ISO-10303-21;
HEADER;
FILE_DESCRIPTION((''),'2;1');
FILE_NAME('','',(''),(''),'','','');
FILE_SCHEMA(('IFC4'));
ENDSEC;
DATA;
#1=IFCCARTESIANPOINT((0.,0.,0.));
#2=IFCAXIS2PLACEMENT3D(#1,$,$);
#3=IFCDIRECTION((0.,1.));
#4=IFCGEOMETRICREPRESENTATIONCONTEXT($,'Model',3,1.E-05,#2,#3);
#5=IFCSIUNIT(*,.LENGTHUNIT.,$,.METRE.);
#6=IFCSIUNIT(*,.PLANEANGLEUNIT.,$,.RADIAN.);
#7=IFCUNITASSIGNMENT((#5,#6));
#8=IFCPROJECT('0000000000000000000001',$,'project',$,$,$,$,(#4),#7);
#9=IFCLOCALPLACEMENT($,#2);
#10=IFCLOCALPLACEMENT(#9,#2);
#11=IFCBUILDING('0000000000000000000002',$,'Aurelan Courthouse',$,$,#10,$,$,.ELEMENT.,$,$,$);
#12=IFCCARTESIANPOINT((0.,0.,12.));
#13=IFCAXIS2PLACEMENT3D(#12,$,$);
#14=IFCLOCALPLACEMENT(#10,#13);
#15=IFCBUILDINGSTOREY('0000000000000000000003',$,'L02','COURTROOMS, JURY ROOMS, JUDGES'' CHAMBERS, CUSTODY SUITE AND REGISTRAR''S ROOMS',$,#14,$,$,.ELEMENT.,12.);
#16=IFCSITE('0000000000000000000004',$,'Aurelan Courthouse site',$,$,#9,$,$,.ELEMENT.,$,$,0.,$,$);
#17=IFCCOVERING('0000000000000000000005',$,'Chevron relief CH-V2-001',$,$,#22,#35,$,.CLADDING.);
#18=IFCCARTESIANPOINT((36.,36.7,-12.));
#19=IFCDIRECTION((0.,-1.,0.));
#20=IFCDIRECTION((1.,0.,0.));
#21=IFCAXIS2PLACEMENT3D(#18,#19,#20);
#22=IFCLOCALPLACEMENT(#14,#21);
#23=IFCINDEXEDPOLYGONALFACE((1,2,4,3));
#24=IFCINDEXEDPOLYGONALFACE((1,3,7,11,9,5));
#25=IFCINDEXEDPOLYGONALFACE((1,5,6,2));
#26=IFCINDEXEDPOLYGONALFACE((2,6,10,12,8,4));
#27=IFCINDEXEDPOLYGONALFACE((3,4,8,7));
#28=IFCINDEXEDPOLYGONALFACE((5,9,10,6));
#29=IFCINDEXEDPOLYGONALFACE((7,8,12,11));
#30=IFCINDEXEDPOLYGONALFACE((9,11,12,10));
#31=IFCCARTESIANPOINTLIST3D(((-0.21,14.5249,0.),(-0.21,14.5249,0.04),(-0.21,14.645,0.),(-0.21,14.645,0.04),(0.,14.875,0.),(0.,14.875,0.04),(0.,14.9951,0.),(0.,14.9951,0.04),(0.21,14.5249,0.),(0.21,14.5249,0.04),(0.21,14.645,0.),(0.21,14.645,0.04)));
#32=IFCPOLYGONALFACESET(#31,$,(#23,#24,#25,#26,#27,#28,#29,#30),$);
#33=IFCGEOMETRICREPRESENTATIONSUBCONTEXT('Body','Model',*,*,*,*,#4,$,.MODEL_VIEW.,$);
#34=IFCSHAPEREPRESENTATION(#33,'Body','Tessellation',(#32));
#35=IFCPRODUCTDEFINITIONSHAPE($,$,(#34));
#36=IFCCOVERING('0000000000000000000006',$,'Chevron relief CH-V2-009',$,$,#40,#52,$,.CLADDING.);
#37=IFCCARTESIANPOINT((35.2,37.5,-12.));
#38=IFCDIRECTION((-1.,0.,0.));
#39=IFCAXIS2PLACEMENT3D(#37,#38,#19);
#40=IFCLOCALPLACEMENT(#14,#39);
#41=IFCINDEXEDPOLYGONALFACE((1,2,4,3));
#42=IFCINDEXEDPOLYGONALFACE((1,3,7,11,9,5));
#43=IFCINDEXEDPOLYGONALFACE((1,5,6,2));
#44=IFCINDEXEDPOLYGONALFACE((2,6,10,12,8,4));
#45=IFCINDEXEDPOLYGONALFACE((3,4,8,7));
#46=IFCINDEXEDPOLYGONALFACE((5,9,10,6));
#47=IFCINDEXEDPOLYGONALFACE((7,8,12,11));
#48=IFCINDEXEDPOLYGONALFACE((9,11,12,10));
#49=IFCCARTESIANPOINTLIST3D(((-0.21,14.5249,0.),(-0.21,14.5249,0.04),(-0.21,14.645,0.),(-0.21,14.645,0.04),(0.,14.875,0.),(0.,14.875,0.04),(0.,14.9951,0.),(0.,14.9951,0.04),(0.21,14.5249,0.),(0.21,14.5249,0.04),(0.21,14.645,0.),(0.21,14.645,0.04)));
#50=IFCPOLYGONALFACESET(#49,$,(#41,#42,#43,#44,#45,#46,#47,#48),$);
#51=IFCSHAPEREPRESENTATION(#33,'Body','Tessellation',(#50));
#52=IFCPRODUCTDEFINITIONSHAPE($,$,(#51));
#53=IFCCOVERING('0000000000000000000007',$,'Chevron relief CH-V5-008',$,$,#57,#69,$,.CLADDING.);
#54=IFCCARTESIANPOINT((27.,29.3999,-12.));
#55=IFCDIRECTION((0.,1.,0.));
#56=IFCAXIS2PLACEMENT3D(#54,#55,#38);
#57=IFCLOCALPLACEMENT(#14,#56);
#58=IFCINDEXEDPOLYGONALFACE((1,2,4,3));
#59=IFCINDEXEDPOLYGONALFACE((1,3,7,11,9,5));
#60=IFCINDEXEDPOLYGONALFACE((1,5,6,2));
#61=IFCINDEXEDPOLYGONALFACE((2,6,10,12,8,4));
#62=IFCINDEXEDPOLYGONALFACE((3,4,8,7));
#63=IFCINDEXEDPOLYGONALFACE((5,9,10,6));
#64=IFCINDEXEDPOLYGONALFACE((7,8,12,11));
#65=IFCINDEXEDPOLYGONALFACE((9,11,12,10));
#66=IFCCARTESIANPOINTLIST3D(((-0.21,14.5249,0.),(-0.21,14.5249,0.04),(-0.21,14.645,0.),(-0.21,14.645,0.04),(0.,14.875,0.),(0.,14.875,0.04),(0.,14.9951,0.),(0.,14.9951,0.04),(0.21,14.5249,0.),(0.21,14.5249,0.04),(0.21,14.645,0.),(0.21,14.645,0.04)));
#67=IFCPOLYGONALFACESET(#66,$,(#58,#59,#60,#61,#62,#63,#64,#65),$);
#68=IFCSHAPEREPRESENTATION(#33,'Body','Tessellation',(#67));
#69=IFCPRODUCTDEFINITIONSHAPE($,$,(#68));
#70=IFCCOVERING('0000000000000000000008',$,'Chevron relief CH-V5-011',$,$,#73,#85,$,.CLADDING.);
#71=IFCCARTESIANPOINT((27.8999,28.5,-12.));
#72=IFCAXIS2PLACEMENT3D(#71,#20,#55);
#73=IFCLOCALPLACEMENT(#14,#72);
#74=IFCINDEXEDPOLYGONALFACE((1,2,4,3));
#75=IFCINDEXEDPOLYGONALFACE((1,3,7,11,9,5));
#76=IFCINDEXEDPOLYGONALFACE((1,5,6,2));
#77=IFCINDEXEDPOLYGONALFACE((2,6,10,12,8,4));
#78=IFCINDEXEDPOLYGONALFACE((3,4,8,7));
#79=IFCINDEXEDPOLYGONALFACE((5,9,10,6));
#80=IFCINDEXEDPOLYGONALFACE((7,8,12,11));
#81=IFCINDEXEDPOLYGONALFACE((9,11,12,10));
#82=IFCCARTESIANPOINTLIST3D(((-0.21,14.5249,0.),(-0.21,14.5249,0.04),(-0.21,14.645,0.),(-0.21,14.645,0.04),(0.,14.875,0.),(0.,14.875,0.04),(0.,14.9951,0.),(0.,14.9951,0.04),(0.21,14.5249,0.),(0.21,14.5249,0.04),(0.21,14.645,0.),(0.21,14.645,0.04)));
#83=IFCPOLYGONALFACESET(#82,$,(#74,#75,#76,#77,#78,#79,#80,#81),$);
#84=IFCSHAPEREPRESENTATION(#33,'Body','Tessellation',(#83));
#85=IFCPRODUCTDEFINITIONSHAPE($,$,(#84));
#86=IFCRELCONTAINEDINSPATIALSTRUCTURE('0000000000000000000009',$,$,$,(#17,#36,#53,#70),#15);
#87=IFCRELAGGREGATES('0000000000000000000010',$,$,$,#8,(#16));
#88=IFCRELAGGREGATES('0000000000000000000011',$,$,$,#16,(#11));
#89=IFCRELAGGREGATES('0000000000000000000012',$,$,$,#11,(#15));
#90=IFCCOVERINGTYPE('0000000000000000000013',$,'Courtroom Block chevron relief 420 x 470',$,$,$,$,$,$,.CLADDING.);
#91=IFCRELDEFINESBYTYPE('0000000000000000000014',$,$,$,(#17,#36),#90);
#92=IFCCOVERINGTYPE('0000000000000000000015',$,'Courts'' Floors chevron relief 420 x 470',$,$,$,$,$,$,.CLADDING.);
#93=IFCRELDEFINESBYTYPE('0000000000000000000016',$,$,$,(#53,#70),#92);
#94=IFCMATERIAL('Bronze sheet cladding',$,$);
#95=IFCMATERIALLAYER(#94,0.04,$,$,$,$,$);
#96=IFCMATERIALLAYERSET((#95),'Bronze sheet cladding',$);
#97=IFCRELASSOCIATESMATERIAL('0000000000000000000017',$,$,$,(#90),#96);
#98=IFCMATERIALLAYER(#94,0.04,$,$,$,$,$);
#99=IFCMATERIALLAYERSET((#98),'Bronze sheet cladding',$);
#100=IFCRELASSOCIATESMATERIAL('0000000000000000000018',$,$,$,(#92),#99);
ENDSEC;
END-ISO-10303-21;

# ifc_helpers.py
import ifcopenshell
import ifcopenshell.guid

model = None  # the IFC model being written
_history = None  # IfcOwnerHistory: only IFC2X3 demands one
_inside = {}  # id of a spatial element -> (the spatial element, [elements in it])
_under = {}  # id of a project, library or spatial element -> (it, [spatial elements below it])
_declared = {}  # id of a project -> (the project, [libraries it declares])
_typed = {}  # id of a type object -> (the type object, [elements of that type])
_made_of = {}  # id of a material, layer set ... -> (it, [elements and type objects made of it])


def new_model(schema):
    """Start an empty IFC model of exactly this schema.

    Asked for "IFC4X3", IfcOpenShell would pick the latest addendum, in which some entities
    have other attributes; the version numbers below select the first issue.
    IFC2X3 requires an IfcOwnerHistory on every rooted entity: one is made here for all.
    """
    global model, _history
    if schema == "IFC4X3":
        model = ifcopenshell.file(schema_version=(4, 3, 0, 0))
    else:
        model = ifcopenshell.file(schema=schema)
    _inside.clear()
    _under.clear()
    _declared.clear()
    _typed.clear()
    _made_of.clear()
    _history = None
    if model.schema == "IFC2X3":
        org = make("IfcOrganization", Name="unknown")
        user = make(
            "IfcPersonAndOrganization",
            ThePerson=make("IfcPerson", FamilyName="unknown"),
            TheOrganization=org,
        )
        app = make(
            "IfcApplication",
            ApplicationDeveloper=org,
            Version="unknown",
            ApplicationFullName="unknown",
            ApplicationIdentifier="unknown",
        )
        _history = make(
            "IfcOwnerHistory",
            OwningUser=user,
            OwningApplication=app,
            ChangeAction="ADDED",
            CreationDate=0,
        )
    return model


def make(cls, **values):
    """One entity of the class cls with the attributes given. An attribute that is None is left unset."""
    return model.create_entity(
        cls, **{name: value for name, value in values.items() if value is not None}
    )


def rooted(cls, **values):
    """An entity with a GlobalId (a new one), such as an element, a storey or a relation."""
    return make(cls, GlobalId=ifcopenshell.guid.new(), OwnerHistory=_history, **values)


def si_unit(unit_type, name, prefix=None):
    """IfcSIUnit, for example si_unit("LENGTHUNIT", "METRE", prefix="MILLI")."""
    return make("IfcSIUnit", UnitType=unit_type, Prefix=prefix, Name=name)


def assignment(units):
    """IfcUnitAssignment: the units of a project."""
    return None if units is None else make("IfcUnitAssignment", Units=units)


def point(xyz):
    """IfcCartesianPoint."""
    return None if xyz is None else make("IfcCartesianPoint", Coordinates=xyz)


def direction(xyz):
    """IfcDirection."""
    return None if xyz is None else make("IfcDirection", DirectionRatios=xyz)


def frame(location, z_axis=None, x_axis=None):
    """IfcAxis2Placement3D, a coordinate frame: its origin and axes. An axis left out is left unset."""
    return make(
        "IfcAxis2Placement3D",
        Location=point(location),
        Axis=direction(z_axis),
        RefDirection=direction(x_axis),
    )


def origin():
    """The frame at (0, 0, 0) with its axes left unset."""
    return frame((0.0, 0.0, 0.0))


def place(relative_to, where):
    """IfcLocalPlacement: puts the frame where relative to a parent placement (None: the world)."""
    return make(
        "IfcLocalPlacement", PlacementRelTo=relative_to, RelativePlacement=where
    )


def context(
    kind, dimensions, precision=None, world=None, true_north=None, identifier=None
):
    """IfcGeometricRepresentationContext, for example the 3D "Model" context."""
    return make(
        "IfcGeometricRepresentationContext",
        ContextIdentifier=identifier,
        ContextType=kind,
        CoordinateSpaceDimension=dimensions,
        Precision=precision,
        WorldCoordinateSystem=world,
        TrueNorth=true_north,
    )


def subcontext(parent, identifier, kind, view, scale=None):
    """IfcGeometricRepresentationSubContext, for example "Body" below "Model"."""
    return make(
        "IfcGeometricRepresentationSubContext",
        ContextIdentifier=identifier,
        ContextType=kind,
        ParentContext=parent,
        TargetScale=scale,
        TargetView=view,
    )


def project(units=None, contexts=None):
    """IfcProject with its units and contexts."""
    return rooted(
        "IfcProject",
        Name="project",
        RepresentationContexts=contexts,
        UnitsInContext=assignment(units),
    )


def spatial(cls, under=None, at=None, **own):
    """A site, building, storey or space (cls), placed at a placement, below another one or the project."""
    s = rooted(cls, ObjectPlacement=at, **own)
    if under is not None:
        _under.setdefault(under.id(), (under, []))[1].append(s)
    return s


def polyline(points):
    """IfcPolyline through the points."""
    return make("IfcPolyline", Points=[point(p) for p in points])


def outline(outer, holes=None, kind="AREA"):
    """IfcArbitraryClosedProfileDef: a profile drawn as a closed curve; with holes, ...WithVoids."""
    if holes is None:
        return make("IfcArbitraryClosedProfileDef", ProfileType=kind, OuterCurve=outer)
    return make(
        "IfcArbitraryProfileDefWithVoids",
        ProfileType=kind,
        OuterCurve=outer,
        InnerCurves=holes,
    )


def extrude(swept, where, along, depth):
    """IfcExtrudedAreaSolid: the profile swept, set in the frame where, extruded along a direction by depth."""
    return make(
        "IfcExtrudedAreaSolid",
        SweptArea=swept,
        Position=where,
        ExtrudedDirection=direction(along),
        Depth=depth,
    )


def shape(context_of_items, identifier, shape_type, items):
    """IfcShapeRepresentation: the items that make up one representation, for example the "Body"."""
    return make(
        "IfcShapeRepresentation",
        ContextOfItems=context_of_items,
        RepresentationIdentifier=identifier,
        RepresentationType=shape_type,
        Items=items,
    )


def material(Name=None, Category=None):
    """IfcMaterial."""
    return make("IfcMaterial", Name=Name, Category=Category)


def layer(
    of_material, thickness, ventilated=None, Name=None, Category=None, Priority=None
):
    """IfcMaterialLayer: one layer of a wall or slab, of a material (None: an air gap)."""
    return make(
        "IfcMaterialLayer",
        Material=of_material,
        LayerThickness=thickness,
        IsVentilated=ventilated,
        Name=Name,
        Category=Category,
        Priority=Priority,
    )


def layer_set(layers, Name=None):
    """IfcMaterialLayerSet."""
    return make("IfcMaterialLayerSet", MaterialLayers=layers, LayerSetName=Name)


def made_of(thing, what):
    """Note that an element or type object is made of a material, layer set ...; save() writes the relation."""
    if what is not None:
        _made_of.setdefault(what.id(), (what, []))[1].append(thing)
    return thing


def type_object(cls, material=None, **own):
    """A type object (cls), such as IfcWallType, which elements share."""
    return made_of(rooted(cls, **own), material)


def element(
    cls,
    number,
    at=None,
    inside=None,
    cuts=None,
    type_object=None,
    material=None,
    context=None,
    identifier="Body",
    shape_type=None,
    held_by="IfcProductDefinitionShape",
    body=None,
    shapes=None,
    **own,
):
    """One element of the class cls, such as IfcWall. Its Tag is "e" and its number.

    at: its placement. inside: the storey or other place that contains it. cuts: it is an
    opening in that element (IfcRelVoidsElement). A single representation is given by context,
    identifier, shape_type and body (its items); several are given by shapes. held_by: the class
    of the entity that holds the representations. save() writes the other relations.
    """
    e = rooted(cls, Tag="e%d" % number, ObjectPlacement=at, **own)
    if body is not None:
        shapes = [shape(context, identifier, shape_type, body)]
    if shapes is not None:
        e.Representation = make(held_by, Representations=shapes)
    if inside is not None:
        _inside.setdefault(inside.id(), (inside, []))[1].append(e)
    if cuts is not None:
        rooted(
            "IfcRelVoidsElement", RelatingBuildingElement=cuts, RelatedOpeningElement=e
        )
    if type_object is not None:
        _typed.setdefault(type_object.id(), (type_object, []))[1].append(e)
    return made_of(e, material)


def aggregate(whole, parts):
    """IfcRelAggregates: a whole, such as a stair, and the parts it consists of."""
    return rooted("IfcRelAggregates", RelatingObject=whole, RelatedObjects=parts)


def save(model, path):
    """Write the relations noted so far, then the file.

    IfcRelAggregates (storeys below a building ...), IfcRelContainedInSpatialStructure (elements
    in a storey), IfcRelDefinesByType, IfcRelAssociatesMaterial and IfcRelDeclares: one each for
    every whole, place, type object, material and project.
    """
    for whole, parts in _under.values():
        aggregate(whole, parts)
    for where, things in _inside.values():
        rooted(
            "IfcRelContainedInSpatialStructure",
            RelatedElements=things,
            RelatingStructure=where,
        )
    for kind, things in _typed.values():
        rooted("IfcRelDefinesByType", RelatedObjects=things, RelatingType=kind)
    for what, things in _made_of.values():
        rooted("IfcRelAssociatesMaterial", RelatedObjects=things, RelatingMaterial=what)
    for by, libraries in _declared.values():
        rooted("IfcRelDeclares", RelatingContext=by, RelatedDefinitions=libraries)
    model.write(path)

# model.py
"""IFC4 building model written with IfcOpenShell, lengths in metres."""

from ifc_helpers import new_model, si_unit, direction, frame, origin, place, context, subcontext, project, spatial, polyline, outline, extrude, material, layer, layer_set, type_object, element, save


model = new_model("IFC4")

# Units and contexts
model_context = context("Model", 3, precision=1e-05, world=origin(), true_north=direction((0.0, 1.0)))
body_context = subcontext(model_context, "Body", "Model", "MODEL_VIEW")
ifc_project = project(units=[si_unit("LENGTHUNIT", "METRE"), si_unit("PLANEANGLEUNIT", "RADIAN")], contexts=[model_context])

# Site, building, storey
site_placement = place(None, origin())
site = spatial("IfcSite", under=ifc_project, at=site_placement, Name="Aurelan Courthouse site", CompositionType="ELEMENT", RefElevation=0.0)
building_placement = place(site_placement, origin())
building = spatial("IfcBuilding", under=site, at=building_placement, Name="Aurelan Courthouse", CompositionType="ELEMENT")
storey_placement = place(building_placement, frame((0.0, 0.0, 12.0)))
storey = spatial("IfcBuildingStorey", under=building, at=storey_placement, Name="L02", Description="COURTROOMS, JURY ROOMS, JUDGES' CHAMBERS, CUSTODY SUITE AND REGISTRAR'S ROOMS", CompositionType="ELEMENT", Elevation=12.0)

# Coverings
ifc_material_1 = material(Name="Bronze sheet cladding")
ifc_layer_1 = layer(ifc_material_1, 0.04)
ifc_layer_set_1 = layer_set([ifc_layer_1], Name="Bronze sheet cladding")
covering_type_1 = type_object("IfcCoveringType", Name="Courtroom Block chevron relief 420 x 470", PredefinedType="CLADDING", material=ifc_layer_set_1)
for number, where, z_axis, x_axis, name in (
    (1, (36.0, 36.7, -12.0), (0.0, -1.0, 0.0), (1.0, 0.0, 0.0), "Chevron relief CH-V2-001"),
    (2, (35.2, 37.5, -12.0), (-1.0, 0.0, 0.0), (0.0, -1.0, 0.0), "Chevron relief CH-V2-009"),
):
    element("IfcCovering", number, at=place(storey_placement, frame(where, z_axis=z_axis, x_axis=x_axis)), inside=storey, type_object=covering_type_1, Name=name, PredefinedType="CLADDING", context=body_context, shape_type="SweptSolid", body=[
        extrude(outline(polyline([(-0.21, 14.5249), (0.0, 14.875), (0.21, 14.5249), (0.21, 14.645), (0.0, 14.9951), (-0.21, 14.645), (-0.21, 14.5249)])), origin(), (0.0, 0.0, 1.0), 0.04),
    ])
ifc_layer_2 = layer(ifc_material_1, 0.04)
ifc_layer_set_2 = layer_set([ifc_layer_2], Name="Bronze sheet cladding")
covering_type_2 = type_object("IfcCoveringType", Name="Courts' Floors chevron relief 420 x 470", PredefinedType="CLADDING", material=ifc_layer_set_2)
for number, where, z_axis, x_axis, name in (
    (3, (27.0, 29.3999, -12.0), (0.0, 1.0, 0.0), (-1.0, 0.0, 0.0), "Chevron relief CH-V5-008"),
    (4, (27.8999, 28.5, -12.0), (1.0, 0.0, 0.0), (0.0, 1.0, 0.0), "Chevron relief CH-V5-011"),
):
    element("IfcCovering", number, at=place(storey_placement, frame(where, z_axis=z_axis, x_axis=x_axis)), inside=storey, type_object=covering_type_2, Name=name, PredefinedType="CLADDING", context=body_context, shape_type="SweptSolid", body=[
        extrude(outline(polyline([(-0.21, 14.5249), (0.0, 14.875), (0.21, 14.5249), (0.21, 14.645), (0.0, 14.9951), (-0.21, 14.645), (-0.21, 14.5249)])), origin(), (0.0, 0.0, 1.0), 0.04),
    ])

save(model, "model.ifc")
